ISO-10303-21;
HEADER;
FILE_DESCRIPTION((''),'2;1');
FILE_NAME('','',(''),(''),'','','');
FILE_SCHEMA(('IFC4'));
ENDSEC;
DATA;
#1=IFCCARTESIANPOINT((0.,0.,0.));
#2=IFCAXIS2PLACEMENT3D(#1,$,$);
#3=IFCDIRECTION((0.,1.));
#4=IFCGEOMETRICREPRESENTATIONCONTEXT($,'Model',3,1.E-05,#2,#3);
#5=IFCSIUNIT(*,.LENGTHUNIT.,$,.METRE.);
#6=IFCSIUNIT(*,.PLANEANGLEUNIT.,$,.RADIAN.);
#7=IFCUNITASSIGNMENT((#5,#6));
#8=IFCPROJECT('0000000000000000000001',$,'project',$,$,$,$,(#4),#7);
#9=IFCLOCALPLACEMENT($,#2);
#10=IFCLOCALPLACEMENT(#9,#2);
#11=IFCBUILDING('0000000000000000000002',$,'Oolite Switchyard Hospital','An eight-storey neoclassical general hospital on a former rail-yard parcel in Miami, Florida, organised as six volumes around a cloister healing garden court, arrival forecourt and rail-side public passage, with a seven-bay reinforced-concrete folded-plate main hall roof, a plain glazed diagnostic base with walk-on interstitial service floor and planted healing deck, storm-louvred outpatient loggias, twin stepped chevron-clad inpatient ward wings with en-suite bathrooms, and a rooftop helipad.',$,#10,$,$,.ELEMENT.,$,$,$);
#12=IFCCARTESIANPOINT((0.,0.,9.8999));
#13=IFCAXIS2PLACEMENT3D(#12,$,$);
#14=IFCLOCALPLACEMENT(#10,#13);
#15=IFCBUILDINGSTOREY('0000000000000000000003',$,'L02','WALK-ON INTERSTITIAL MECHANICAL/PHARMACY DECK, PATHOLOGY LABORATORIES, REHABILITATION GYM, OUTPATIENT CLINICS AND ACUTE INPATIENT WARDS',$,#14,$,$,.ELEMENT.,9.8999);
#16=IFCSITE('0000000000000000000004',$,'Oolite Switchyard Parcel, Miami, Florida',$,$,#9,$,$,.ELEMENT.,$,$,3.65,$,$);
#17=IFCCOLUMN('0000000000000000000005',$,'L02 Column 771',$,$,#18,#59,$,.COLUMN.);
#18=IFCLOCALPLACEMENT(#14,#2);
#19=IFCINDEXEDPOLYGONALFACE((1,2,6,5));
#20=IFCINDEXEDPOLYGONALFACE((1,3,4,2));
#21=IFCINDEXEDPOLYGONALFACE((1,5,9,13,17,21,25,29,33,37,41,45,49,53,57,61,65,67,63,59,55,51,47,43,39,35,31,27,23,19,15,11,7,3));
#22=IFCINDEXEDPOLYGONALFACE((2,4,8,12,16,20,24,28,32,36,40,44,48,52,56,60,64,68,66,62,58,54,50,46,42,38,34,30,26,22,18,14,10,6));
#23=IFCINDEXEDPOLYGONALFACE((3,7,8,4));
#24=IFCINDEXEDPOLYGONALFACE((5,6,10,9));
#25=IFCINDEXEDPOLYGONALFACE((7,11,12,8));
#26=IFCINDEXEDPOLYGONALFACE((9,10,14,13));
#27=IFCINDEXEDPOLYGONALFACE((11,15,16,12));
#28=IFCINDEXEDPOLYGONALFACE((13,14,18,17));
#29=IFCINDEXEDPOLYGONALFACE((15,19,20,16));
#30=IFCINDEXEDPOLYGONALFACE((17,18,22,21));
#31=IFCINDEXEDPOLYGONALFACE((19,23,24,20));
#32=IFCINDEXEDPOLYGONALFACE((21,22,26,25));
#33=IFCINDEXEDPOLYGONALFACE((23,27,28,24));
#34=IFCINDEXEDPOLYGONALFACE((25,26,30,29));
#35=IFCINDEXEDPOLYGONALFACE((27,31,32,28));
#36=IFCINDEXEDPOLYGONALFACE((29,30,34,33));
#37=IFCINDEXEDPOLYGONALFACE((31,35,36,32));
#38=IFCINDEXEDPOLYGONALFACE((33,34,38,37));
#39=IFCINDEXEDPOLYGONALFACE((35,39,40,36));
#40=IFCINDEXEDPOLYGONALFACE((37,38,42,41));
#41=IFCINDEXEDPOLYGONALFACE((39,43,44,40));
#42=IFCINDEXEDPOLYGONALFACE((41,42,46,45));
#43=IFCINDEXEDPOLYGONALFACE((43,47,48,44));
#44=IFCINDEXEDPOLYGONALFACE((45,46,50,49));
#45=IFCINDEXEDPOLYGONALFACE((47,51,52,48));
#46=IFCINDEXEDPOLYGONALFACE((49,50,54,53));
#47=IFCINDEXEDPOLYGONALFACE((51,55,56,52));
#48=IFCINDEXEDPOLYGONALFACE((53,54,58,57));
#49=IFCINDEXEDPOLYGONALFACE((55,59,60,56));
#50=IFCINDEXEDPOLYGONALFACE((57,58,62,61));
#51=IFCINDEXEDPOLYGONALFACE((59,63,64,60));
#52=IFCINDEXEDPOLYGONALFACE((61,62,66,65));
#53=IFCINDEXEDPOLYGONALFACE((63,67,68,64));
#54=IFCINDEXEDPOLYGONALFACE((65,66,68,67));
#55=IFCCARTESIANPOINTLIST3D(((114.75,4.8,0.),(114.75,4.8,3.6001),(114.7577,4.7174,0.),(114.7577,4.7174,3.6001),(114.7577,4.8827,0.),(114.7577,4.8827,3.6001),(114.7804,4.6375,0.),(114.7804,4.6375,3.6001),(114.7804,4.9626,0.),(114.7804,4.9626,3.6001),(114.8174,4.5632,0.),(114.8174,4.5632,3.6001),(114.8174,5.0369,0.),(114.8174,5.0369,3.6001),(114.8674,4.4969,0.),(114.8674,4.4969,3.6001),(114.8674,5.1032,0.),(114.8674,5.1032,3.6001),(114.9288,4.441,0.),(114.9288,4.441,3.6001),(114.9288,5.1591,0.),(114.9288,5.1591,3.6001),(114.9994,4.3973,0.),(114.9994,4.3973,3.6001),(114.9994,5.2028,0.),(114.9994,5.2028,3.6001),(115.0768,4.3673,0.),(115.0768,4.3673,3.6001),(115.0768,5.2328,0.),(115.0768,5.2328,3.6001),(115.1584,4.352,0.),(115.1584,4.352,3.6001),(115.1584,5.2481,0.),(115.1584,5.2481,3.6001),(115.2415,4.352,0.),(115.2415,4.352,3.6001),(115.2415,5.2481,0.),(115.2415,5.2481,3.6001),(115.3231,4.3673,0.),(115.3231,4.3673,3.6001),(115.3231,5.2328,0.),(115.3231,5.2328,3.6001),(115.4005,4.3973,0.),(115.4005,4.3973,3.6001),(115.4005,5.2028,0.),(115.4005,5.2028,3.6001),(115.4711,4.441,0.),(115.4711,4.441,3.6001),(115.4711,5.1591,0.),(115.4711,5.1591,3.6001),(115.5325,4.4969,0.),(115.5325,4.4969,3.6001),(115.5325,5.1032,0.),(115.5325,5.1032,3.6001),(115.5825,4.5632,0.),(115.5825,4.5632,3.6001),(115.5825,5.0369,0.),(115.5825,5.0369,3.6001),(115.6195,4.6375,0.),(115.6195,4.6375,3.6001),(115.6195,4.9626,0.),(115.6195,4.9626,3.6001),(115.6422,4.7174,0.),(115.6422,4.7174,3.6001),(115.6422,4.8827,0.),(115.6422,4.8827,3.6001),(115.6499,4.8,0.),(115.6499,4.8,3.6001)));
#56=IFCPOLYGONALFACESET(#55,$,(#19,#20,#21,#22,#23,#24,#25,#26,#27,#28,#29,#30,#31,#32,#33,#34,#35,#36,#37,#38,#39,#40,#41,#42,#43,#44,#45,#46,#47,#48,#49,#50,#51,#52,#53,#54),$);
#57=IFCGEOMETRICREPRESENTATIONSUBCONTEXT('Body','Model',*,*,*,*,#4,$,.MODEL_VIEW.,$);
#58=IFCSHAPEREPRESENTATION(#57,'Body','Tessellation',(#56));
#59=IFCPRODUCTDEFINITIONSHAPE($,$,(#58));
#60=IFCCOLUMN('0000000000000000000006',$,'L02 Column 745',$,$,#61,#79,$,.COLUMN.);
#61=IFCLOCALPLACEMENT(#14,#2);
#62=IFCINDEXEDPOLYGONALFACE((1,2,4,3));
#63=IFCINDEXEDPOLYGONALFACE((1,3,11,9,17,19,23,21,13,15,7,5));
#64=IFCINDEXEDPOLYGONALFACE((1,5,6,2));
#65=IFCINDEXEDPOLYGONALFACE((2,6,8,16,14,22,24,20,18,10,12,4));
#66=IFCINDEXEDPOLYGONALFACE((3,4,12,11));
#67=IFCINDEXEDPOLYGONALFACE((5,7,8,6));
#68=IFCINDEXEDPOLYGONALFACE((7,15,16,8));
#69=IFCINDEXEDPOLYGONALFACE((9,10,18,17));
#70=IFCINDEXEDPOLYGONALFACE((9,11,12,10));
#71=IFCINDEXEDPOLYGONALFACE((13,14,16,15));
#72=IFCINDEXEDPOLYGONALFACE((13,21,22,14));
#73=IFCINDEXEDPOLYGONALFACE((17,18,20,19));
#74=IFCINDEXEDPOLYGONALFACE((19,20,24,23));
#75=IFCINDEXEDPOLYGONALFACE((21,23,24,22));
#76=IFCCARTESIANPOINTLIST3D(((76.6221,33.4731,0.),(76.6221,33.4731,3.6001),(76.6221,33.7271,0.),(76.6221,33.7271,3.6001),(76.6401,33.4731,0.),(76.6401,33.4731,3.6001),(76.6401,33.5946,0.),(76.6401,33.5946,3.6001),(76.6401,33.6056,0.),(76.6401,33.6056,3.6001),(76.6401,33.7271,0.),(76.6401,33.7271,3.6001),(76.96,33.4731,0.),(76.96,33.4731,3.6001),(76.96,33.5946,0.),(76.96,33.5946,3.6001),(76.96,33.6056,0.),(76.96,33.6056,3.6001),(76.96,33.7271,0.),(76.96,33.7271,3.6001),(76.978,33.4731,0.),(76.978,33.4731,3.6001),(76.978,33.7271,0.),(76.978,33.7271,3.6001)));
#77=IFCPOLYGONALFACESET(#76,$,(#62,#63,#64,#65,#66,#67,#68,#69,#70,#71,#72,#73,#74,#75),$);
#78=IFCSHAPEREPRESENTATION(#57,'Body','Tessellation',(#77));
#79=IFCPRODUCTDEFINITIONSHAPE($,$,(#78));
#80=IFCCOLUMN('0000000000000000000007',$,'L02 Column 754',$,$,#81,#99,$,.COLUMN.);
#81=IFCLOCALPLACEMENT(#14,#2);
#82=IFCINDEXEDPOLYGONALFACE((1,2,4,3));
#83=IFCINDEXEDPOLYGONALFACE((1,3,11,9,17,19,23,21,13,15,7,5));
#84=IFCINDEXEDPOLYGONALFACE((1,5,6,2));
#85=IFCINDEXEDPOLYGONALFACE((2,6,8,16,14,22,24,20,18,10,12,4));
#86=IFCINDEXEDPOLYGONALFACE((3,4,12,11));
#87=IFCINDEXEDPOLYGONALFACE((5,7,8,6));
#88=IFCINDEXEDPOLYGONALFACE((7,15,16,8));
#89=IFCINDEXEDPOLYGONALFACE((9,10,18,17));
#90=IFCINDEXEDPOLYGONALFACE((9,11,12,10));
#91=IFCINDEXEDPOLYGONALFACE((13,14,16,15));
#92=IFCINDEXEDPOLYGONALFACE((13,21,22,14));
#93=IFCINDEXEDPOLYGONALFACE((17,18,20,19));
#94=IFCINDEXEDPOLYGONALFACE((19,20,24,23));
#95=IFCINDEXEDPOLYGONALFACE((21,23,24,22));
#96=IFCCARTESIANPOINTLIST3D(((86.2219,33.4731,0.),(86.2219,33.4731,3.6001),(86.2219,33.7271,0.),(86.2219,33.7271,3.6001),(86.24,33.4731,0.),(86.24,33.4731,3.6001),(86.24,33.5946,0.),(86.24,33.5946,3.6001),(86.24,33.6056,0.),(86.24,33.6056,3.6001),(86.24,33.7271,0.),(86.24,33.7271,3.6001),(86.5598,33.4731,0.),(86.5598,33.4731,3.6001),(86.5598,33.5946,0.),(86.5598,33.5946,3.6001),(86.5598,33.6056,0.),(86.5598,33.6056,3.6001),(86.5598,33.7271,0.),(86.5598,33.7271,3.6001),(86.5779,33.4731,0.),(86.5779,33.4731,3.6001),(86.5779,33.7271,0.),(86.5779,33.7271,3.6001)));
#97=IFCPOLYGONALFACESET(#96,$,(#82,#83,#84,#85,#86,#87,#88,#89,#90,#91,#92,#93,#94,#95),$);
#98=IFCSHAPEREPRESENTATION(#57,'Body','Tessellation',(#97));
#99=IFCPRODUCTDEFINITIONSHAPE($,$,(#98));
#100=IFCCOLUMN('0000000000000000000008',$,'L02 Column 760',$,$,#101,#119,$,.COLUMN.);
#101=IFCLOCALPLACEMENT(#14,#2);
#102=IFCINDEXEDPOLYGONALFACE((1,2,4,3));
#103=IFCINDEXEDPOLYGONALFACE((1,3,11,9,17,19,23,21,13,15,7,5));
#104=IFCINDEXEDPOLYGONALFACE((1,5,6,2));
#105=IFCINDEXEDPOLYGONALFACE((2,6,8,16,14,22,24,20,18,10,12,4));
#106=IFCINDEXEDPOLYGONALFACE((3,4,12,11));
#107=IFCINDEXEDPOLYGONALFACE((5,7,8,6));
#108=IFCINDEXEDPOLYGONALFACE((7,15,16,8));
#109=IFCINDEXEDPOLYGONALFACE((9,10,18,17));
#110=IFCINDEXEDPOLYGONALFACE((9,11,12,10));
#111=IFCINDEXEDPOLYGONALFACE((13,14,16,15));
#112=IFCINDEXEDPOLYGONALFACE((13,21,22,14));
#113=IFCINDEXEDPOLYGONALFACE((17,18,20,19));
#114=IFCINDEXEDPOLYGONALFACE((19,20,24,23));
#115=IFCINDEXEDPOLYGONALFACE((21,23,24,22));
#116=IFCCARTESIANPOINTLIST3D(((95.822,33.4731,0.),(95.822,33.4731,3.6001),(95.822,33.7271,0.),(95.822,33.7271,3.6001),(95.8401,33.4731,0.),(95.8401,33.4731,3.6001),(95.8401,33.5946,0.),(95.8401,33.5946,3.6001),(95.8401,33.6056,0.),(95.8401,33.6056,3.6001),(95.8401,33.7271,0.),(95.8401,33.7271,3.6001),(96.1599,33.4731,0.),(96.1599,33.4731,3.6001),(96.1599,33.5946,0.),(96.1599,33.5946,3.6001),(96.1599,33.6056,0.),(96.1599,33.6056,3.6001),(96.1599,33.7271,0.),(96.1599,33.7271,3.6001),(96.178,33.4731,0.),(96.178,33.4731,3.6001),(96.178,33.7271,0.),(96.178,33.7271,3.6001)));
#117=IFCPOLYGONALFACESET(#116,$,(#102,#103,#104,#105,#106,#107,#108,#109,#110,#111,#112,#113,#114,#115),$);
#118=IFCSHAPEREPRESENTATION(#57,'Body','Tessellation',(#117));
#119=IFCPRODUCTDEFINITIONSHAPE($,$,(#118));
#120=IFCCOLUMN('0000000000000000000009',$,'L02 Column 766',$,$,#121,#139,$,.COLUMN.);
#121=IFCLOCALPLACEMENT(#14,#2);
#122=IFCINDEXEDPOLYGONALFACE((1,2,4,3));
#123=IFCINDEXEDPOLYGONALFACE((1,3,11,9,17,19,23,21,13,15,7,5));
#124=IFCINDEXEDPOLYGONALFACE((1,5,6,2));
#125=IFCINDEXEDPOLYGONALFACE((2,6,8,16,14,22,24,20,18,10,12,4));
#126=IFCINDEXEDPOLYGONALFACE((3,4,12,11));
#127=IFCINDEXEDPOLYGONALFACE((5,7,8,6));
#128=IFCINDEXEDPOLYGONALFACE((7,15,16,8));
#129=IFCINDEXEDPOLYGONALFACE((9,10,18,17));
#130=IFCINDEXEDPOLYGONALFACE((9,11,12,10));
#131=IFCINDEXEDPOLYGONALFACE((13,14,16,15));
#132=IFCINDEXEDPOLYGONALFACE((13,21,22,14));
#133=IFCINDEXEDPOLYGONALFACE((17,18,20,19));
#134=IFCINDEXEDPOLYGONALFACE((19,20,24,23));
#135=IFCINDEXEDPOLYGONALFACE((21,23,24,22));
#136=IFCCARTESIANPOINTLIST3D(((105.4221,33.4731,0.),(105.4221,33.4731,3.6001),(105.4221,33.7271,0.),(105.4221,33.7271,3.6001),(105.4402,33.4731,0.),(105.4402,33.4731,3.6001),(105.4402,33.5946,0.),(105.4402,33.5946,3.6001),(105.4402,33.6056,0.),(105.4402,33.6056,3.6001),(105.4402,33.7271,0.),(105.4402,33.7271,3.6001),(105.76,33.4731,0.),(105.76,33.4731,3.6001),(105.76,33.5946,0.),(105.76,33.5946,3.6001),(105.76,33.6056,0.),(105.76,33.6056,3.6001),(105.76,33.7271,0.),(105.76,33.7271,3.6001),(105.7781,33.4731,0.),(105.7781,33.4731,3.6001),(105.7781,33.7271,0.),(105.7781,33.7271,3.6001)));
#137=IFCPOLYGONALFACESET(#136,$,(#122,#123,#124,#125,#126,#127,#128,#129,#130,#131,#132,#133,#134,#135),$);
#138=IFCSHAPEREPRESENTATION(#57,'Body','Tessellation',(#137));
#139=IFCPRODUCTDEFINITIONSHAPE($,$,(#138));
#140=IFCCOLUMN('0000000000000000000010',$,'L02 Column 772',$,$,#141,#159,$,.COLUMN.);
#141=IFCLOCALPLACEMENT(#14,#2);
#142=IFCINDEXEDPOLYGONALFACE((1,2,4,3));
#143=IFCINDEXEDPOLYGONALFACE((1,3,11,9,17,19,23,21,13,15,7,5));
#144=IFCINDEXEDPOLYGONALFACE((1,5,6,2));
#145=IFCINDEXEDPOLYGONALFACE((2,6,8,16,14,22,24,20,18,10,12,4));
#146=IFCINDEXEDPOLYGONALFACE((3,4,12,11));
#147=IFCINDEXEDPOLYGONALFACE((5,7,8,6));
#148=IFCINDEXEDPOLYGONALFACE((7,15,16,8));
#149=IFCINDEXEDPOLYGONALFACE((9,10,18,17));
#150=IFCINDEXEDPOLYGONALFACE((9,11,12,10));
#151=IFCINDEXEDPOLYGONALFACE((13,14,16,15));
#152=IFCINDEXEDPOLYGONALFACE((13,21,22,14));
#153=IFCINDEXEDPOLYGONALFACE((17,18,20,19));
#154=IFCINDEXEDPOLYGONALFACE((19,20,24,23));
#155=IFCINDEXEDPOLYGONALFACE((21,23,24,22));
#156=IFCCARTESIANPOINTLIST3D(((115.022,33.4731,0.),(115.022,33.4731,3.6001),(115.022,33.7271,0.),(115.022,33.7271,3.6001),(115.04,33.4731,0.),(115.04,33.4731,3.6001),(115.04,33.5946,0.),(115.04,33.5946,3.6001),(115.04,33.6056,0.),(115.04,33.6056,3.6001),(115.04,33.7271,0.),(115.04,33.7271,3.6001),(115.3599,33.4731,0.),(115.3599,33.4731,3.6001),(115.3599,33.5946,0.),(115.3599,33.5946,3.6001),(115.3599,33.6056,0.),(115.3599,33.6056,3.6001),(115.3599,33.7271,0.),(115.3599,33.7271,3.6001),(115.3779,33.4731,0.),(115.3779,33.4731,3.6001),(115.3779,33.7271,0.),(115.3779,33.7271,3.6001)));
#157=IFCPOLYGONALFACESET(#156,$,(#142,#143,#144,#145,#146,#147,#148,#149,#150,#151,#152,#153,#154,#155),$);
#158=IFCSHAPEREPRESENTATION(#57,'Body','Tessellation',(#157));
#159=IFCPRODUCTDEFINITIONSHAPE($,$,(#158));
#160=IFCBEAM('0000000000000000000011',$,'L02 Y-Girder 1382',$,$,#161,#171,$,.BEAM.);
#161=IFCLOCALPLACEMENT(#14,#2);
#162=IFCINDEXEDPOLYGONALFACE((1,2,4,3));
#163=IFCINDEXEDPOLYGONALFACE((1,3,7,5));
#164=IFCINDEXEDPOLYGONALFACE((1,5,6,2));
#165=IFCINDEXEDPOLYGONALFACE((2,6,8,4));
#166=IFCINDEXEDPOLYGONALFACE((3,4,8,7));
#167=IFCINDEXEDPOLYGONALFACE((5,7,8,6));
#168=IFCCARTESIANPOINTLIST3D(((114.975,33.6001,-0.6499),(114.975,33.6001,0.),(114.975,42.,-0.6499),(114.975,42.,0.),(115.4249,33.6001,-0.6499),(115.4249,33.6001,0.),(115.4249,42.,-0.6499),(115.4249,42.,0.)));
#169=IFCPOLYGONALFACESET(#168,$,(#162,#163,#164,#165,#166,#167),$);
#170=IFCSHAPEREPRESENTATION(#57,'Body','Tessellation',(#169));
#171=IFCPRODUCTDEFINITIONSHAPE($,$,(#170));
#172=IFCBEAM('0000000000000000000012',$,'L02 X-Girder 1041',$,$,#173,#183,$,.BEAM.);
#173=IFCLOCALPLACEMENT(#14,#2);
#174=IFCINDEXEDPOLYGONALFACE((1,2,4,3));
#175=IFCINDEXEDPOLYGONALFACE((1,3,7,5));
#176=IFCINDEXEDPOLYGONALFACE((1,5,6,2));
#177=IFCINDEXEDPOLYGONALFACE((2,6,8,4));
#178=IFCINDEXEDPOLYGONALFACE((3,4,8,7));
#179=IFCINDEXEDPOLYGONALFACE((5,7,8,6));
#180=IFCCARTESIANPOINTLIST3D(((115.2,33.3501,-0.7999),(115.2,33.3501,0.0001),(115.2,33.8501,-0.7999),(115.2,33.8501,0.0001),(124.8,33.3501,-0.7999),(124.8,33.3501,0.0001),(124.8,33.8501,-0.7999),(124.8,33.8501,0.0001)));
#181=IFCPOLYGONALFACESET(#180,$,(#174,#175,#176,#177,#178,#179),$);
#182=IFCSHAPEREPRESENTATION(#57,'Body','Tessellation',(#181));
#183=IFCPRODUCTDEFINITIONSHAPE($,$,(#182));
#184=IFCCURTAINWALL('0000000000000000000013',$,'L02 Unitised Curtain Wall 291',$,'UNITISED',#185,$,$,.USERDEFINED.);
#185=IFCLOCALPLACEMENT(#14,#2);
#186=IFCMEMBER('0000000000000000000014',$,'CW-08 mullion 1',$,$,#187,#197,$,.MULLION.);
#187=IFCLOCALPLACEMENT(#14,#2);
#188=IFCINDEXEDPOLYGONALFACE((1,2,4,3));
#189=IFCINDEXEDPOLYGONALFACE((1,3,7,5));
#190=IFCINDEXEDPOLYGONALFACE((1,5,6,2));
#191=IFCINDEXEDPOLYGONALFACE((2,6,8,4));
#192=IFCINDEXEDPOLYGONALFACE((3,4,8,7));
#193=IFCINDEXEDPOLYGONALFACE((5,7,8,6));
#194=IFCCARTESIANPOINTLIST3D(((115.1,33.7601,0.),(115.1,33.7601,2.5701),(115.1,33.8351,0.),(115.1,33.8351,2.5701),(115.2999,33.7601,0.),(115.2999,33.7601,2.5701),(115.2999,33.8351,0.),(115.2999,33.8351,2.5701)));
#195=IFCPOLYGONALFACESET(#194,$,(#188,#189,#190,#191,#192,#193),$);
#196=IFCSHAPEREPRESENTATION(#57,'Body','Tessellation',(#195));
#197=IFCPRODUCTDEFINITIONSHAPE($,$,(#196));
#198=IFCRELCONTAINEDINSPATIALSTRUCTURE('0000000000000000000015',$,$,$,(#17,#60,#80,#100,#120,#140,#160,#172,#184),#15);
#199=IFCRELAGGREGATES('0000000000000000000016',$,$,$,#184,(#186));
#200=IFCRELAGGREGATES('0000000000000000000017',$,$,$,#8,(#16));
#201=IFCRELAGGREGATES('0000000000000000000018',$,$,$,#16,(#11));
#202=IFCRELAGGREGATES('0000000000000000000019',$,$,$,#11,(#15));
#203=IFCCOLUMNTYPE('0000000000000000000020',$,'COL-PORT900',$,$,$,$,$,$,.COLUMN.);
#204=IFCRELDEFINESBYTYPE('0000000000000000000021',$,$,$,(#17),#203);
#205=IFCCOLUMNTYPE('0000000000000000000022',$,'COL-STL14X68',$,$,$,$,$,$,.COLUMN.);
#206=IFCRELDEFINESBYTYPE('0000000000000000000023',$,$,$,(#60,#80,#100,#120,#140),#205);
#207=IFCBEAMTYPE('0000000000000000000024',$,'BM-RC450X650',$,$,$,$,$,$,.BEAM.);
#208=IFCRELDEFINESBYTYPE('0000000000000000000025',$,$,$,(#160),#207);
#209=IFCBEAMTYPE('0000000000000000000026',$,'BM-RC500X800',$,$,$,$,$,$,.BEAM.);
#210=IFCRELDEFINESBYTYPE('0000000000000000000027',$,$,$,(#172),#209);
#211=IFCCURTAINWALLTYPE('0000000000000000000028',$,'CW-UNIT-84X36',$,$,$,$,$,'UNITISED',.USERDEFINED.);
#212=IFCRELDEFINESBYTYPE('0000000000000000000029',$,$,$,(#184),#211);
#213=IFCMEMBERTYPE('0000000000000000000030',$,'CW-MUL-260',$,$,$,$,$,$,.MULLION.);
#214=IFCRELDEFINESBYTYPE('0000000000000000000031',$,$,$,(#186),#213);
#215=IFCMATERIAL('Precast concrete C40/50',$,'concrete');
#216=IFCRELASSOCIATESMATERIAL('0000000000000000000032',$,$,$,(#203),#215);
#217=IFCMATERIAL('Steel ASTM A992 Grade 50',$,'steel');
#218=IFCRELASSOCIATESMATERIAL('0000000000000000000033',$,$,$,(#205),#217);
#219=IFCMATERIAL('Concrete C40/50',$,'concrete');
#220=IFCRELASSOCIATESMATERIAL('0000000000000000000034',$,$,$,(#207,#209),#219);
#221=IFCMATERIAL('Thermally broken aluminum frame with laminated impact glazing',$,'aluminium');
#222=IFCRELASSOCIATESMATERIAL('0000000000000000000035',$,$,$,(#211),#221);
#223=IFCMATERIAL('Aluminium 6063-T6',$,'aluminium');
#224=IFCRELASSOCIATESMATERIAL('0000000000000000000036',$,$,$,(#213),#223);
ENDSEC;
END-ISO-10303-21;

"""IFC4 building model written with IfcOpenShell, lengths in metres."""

from ifc_helpers import new_model, si_unit, direction, frame, origin, origin_2d, place, context, subcontext, project, spatial, rectangle, circle, i_section, extrude, material, material_profile, profile_set, type_object, element, aggregate, save


model = new_model("IFC4")

# Units and contexts
model_context = context("Model", 3, precision=1e-05, world=origin(), true_north=direction((0.0, 1.0)))
body_context = subcontext(model_context, "Body", "Model", "MODEL_VIEW")
ifc_project = project(units=[si_unit("LENGTHUNIT", "METRE"), si_unit("PLANEANGLEUNIT", "RADIAN")], contexts=[model_context])

# Site, building, storey
site_placement = place(None, origin())
site = spatial("IfcSite", under=ifc_project, at=site_placement, Name="Oolite Switchyard Parcel, Miami, Florida", CompositionType="ELEMENT", RefElevation=3.65)
building_placement = place(site_placement, origin())
building = spatial("IfcBuilding", under=site, at=building_placement, Name="Oolite Switchyard Hospital", Description="An eight-storey neoclassical general hospital on a former rail-yard parcel in Miami, Florida, organised as six volumes around a cloister healing garden court, arrival forecourt and rail-side public passage, with a seven-bay reinforced-concrete folded-plate main hall roof, a plain glazed diagnostic base with walk-on interstitial service floor and planted healing deck, storm-louvred outpatient loggias, twin stepped chevron-clad inpatient ward wings with en-suite bathrooms, and a rooftop helipad.", CompositionType="ELEMENT")
storey_placement = place(building_placement, frame((0.0, 0.0, 9.8999)))
storey = spatial("IfcBuildingStorey", under=building, at=storey_placement, Name="L02", Description="WALK-ON INTERSTITIAL MECHANICAL/PHARMACY DECK, PATHOLOGY LABORATORIES, REHABILITATION GYM, OUTPATIENT CLINICS AND ACUTE INPATIENT WARDS", CompositionType="ELEMENT", Elevation=9.8999)

# Columns
ifc_material_1 = material(Name="Precast concrete C40/50", Category="concrete")
ifc_material_profile_1 = material_profile(ifc_material_1, circle(Radius=0.45, at=origin_2d()), Name="RCCOL900")
ifc_profile_set_1 = profile_set([ifc_material_profile_1], Name="Precast concrete C40/50")
column_type_1 = type_object("IfcColumnType", Name="COL-PORT900", PredefinedType="COLUMN", material=ifc_profile_set_1)
for number, where, z_axis, x_axis, name in (
    (1, (115.2, 4.8, 0.0), (0.0, 0.0, 1.0), (1.0, 0.0, 0.0), "L02 Column 771"),
):
    element("IfcColumn", number, at=place(storey_placement, frame(where, z_axis=z_axis, x_axis=x_axis)), inside=storey, type_object=column_type_1, Name=name, PredefinedType="COLUMN", context=body_context, shape_type="SweptSolid", body=[
        extrude(circle(Radius=0.45, at=origin_2d()), origin(), (0.0, 0.0, 1.0), 3.6001),
    ])
ifc_material_2 = material(Name="Steel ASTM A992 Grade 50", Category="steel")
ifc_material_profile_2 = material_profile(ifc_material_2, i_section(OverallWidth=0.2539, OverallDepth=0.356, WebThickness=0.011, FlangeThickness=0.0181, at=origin_2d()), Name="W14X68")
ifc_profile_set_2 = profile_set([ifc_material_profile_2], Name="Steel ASTM A992 Grade 50")
column_type_2 = type_object("IfcColumnType", Name="COL-STL14X68", PredefinedType="COLUMN", material=ifc_profile_set_2)
for number, where, z_axis, x_axis, name in (
    (2, (76.8, 33.6001, 0.0), (0.0, 0.0, 1.0), (0.0, -1.0, 0.0), "L02 Column 745"),
    (3, (86.3999, 33.6001, 0.0), (0.0, 0.0, 1.0), (0.0, -1.0, 0.0), "L02 Column 754"),
    (4, (96.0, 33.6001, 0.0), (0.0, 0.0, 1.0), (0.0, -1.0, 0.0), "L02 Column 760"),
    (5, (105.6001, 33.6001, 0.0), (0.0, 0.0, 1.0), (0.0, -1.0, 0.0), "L02 Column 766"),
    (6, (115.2, 33.6001, 0.0), (0.0, 0.0, 1.0), (0.0, -1.0, 0.0), "L02 Column 772"),
):
    element("IfcColumn", number, at=place(storey_placement, frame(where, z_axis=z_axis, x_axis=x_axis)), inside=storey, type_object=column_type_2, Name=name, PredefinedType="COLUMN", context=body_context, shape_type="SweptSolid", body=[
        extrude(i_section(OverallWidth=0.2539, OverallDepth=0.356, WebThickness=0.011, FlangeThickness=0.0181, at=origin_2d()), origin(), (0.0, 0.0, 1.0), 3.6001),
    ])

# Beams
ifc_material_3 = material(Name="Concrete C40/50", Category="concrete")
ifc_material_profile_3 = material_profile(ifc_material_3, rectangle(XDim=0.45, YDim=0.6499, at=origin_2d()), Name="RCB450X650")
ifc_profile_set_3 = profile_set([ifc_material_profile_3], Name="Concrete C40/50")
beam_type_1 = type_object("IfcBeamType", Name="BM-RC450X650", PredefinedType="BEAM", material=ifc_profile_set_3)
beam_1_placement = place(storey_placement, frame((115.2, 33.6001, -0.325), z_axis=(0.0, 1.0, 0.0), x_axis=(-1.0, 0.0, 0.0)))
element("IfcBeam", 7, at=beam_1_placement, inside=storey, type_object=beam_type_1, Name="L02 Y-Girder 1382", PredefinedType="BEAM", context=body_context, shape_type="SweptSolid", body=[
    extrude(rectangle(XDim=0.45, YDim=0.6499, at=origin_2d()), origin(), (0.0, 0.0, 1.0), 8.3999),
])
ifc_material_profile_4 = material_profile(ifc_material_3, rectangle(XDim=0.5, YDim=0.8, at=origin_2d()), Name="RCB500X800")
ifc_profile_set_4 = profile_set([ifc_material_profile_4], Name="Concrete C40/50")
beam_type_2 = type_object("IfcBeamType", Name="BM-RC500X800", PredefinedType="BEAM", material=ifc_profile_set_4)
beam_2_placement = place(storey_placement, frame((115.2, 33.6001, -0.3999), z_axis=(1.0, 0.0, 0.0), x_axis=(0.0, 1.0, 0.0)))
element("IfcBeam", 8, at=beam_2_placement, inside=storey, type_object=beam_type_2, Name="L02 X-Girder 1041", PredefinedType="BEAM", context=body_context, shape_type="SweptSolid", body=[
    extrude(rectangle(XDim=0.5, YDim=0.8, at=origin_2d()), origin(), (0.0, 0.0, 1.0), 9.6001),
])

# Curtain wall, member
ifc_material_4 = material(Name="Thermally broken aluminum frame with laminated impact glazing", Category="aluminium")
curtain_wall_type = type_object("IfcCurtainWallType", Name="CW-UNIT-84X36", ElementType="UNITISED", PredefinedType="USERDEFINED", material=ifc_material_4)
curtain_wall_placement = place(storey_placement, origin())
curtain_wall = element("IfcCurtainWall", 9, at=curtain_wall_placement, inside=storey, type_object=curtain_wall_type, Name="L02 Unitised Curtain Wall 291", ObjectType="UNITISED", PredefinedType="USERDEFINED")
ifc_material_5 = material(Name="Aluminium 6063-T6", Category="aluminium")
ifc_material_profile_5 = material_profile(ifc_material_5, rectangle(XDim=0.2, YDim=0.075, at=origin_2d()), Name="CWM75X200")
ifc_profile_set_5 = profile_set([ifc_material_profile_5], Name="Aluminium 6063-T6")
member_type_1 = type_object("IfcMemberType", Name="CW-MUL-260", PredefinedType="MULLION", material=ifc_profile_set_5)
member_1_placement = place(storey_placement, frame((115.2, 33.7976, 0.0), z_axis=(0.0, 0.0, 1.0), x_axis=(-1.0, 0.0, 0.0)))
member_1 = element("IfcMember", 10, at=member_1_placement, type_object=member_type_1, Name="CW-08 mullion 1", PredefinedType="MULLION", context=body_context, shape_type="SweptSolid", body=[
    extrude(rectangle(XDim=0.2, YDim=0.075, at=origin_2d()), origin(), (0.0, 0.0, 1.0), 2.5701),
])
aggregate(curtain_wall, [member_1])

save(model, "model.ifc")
